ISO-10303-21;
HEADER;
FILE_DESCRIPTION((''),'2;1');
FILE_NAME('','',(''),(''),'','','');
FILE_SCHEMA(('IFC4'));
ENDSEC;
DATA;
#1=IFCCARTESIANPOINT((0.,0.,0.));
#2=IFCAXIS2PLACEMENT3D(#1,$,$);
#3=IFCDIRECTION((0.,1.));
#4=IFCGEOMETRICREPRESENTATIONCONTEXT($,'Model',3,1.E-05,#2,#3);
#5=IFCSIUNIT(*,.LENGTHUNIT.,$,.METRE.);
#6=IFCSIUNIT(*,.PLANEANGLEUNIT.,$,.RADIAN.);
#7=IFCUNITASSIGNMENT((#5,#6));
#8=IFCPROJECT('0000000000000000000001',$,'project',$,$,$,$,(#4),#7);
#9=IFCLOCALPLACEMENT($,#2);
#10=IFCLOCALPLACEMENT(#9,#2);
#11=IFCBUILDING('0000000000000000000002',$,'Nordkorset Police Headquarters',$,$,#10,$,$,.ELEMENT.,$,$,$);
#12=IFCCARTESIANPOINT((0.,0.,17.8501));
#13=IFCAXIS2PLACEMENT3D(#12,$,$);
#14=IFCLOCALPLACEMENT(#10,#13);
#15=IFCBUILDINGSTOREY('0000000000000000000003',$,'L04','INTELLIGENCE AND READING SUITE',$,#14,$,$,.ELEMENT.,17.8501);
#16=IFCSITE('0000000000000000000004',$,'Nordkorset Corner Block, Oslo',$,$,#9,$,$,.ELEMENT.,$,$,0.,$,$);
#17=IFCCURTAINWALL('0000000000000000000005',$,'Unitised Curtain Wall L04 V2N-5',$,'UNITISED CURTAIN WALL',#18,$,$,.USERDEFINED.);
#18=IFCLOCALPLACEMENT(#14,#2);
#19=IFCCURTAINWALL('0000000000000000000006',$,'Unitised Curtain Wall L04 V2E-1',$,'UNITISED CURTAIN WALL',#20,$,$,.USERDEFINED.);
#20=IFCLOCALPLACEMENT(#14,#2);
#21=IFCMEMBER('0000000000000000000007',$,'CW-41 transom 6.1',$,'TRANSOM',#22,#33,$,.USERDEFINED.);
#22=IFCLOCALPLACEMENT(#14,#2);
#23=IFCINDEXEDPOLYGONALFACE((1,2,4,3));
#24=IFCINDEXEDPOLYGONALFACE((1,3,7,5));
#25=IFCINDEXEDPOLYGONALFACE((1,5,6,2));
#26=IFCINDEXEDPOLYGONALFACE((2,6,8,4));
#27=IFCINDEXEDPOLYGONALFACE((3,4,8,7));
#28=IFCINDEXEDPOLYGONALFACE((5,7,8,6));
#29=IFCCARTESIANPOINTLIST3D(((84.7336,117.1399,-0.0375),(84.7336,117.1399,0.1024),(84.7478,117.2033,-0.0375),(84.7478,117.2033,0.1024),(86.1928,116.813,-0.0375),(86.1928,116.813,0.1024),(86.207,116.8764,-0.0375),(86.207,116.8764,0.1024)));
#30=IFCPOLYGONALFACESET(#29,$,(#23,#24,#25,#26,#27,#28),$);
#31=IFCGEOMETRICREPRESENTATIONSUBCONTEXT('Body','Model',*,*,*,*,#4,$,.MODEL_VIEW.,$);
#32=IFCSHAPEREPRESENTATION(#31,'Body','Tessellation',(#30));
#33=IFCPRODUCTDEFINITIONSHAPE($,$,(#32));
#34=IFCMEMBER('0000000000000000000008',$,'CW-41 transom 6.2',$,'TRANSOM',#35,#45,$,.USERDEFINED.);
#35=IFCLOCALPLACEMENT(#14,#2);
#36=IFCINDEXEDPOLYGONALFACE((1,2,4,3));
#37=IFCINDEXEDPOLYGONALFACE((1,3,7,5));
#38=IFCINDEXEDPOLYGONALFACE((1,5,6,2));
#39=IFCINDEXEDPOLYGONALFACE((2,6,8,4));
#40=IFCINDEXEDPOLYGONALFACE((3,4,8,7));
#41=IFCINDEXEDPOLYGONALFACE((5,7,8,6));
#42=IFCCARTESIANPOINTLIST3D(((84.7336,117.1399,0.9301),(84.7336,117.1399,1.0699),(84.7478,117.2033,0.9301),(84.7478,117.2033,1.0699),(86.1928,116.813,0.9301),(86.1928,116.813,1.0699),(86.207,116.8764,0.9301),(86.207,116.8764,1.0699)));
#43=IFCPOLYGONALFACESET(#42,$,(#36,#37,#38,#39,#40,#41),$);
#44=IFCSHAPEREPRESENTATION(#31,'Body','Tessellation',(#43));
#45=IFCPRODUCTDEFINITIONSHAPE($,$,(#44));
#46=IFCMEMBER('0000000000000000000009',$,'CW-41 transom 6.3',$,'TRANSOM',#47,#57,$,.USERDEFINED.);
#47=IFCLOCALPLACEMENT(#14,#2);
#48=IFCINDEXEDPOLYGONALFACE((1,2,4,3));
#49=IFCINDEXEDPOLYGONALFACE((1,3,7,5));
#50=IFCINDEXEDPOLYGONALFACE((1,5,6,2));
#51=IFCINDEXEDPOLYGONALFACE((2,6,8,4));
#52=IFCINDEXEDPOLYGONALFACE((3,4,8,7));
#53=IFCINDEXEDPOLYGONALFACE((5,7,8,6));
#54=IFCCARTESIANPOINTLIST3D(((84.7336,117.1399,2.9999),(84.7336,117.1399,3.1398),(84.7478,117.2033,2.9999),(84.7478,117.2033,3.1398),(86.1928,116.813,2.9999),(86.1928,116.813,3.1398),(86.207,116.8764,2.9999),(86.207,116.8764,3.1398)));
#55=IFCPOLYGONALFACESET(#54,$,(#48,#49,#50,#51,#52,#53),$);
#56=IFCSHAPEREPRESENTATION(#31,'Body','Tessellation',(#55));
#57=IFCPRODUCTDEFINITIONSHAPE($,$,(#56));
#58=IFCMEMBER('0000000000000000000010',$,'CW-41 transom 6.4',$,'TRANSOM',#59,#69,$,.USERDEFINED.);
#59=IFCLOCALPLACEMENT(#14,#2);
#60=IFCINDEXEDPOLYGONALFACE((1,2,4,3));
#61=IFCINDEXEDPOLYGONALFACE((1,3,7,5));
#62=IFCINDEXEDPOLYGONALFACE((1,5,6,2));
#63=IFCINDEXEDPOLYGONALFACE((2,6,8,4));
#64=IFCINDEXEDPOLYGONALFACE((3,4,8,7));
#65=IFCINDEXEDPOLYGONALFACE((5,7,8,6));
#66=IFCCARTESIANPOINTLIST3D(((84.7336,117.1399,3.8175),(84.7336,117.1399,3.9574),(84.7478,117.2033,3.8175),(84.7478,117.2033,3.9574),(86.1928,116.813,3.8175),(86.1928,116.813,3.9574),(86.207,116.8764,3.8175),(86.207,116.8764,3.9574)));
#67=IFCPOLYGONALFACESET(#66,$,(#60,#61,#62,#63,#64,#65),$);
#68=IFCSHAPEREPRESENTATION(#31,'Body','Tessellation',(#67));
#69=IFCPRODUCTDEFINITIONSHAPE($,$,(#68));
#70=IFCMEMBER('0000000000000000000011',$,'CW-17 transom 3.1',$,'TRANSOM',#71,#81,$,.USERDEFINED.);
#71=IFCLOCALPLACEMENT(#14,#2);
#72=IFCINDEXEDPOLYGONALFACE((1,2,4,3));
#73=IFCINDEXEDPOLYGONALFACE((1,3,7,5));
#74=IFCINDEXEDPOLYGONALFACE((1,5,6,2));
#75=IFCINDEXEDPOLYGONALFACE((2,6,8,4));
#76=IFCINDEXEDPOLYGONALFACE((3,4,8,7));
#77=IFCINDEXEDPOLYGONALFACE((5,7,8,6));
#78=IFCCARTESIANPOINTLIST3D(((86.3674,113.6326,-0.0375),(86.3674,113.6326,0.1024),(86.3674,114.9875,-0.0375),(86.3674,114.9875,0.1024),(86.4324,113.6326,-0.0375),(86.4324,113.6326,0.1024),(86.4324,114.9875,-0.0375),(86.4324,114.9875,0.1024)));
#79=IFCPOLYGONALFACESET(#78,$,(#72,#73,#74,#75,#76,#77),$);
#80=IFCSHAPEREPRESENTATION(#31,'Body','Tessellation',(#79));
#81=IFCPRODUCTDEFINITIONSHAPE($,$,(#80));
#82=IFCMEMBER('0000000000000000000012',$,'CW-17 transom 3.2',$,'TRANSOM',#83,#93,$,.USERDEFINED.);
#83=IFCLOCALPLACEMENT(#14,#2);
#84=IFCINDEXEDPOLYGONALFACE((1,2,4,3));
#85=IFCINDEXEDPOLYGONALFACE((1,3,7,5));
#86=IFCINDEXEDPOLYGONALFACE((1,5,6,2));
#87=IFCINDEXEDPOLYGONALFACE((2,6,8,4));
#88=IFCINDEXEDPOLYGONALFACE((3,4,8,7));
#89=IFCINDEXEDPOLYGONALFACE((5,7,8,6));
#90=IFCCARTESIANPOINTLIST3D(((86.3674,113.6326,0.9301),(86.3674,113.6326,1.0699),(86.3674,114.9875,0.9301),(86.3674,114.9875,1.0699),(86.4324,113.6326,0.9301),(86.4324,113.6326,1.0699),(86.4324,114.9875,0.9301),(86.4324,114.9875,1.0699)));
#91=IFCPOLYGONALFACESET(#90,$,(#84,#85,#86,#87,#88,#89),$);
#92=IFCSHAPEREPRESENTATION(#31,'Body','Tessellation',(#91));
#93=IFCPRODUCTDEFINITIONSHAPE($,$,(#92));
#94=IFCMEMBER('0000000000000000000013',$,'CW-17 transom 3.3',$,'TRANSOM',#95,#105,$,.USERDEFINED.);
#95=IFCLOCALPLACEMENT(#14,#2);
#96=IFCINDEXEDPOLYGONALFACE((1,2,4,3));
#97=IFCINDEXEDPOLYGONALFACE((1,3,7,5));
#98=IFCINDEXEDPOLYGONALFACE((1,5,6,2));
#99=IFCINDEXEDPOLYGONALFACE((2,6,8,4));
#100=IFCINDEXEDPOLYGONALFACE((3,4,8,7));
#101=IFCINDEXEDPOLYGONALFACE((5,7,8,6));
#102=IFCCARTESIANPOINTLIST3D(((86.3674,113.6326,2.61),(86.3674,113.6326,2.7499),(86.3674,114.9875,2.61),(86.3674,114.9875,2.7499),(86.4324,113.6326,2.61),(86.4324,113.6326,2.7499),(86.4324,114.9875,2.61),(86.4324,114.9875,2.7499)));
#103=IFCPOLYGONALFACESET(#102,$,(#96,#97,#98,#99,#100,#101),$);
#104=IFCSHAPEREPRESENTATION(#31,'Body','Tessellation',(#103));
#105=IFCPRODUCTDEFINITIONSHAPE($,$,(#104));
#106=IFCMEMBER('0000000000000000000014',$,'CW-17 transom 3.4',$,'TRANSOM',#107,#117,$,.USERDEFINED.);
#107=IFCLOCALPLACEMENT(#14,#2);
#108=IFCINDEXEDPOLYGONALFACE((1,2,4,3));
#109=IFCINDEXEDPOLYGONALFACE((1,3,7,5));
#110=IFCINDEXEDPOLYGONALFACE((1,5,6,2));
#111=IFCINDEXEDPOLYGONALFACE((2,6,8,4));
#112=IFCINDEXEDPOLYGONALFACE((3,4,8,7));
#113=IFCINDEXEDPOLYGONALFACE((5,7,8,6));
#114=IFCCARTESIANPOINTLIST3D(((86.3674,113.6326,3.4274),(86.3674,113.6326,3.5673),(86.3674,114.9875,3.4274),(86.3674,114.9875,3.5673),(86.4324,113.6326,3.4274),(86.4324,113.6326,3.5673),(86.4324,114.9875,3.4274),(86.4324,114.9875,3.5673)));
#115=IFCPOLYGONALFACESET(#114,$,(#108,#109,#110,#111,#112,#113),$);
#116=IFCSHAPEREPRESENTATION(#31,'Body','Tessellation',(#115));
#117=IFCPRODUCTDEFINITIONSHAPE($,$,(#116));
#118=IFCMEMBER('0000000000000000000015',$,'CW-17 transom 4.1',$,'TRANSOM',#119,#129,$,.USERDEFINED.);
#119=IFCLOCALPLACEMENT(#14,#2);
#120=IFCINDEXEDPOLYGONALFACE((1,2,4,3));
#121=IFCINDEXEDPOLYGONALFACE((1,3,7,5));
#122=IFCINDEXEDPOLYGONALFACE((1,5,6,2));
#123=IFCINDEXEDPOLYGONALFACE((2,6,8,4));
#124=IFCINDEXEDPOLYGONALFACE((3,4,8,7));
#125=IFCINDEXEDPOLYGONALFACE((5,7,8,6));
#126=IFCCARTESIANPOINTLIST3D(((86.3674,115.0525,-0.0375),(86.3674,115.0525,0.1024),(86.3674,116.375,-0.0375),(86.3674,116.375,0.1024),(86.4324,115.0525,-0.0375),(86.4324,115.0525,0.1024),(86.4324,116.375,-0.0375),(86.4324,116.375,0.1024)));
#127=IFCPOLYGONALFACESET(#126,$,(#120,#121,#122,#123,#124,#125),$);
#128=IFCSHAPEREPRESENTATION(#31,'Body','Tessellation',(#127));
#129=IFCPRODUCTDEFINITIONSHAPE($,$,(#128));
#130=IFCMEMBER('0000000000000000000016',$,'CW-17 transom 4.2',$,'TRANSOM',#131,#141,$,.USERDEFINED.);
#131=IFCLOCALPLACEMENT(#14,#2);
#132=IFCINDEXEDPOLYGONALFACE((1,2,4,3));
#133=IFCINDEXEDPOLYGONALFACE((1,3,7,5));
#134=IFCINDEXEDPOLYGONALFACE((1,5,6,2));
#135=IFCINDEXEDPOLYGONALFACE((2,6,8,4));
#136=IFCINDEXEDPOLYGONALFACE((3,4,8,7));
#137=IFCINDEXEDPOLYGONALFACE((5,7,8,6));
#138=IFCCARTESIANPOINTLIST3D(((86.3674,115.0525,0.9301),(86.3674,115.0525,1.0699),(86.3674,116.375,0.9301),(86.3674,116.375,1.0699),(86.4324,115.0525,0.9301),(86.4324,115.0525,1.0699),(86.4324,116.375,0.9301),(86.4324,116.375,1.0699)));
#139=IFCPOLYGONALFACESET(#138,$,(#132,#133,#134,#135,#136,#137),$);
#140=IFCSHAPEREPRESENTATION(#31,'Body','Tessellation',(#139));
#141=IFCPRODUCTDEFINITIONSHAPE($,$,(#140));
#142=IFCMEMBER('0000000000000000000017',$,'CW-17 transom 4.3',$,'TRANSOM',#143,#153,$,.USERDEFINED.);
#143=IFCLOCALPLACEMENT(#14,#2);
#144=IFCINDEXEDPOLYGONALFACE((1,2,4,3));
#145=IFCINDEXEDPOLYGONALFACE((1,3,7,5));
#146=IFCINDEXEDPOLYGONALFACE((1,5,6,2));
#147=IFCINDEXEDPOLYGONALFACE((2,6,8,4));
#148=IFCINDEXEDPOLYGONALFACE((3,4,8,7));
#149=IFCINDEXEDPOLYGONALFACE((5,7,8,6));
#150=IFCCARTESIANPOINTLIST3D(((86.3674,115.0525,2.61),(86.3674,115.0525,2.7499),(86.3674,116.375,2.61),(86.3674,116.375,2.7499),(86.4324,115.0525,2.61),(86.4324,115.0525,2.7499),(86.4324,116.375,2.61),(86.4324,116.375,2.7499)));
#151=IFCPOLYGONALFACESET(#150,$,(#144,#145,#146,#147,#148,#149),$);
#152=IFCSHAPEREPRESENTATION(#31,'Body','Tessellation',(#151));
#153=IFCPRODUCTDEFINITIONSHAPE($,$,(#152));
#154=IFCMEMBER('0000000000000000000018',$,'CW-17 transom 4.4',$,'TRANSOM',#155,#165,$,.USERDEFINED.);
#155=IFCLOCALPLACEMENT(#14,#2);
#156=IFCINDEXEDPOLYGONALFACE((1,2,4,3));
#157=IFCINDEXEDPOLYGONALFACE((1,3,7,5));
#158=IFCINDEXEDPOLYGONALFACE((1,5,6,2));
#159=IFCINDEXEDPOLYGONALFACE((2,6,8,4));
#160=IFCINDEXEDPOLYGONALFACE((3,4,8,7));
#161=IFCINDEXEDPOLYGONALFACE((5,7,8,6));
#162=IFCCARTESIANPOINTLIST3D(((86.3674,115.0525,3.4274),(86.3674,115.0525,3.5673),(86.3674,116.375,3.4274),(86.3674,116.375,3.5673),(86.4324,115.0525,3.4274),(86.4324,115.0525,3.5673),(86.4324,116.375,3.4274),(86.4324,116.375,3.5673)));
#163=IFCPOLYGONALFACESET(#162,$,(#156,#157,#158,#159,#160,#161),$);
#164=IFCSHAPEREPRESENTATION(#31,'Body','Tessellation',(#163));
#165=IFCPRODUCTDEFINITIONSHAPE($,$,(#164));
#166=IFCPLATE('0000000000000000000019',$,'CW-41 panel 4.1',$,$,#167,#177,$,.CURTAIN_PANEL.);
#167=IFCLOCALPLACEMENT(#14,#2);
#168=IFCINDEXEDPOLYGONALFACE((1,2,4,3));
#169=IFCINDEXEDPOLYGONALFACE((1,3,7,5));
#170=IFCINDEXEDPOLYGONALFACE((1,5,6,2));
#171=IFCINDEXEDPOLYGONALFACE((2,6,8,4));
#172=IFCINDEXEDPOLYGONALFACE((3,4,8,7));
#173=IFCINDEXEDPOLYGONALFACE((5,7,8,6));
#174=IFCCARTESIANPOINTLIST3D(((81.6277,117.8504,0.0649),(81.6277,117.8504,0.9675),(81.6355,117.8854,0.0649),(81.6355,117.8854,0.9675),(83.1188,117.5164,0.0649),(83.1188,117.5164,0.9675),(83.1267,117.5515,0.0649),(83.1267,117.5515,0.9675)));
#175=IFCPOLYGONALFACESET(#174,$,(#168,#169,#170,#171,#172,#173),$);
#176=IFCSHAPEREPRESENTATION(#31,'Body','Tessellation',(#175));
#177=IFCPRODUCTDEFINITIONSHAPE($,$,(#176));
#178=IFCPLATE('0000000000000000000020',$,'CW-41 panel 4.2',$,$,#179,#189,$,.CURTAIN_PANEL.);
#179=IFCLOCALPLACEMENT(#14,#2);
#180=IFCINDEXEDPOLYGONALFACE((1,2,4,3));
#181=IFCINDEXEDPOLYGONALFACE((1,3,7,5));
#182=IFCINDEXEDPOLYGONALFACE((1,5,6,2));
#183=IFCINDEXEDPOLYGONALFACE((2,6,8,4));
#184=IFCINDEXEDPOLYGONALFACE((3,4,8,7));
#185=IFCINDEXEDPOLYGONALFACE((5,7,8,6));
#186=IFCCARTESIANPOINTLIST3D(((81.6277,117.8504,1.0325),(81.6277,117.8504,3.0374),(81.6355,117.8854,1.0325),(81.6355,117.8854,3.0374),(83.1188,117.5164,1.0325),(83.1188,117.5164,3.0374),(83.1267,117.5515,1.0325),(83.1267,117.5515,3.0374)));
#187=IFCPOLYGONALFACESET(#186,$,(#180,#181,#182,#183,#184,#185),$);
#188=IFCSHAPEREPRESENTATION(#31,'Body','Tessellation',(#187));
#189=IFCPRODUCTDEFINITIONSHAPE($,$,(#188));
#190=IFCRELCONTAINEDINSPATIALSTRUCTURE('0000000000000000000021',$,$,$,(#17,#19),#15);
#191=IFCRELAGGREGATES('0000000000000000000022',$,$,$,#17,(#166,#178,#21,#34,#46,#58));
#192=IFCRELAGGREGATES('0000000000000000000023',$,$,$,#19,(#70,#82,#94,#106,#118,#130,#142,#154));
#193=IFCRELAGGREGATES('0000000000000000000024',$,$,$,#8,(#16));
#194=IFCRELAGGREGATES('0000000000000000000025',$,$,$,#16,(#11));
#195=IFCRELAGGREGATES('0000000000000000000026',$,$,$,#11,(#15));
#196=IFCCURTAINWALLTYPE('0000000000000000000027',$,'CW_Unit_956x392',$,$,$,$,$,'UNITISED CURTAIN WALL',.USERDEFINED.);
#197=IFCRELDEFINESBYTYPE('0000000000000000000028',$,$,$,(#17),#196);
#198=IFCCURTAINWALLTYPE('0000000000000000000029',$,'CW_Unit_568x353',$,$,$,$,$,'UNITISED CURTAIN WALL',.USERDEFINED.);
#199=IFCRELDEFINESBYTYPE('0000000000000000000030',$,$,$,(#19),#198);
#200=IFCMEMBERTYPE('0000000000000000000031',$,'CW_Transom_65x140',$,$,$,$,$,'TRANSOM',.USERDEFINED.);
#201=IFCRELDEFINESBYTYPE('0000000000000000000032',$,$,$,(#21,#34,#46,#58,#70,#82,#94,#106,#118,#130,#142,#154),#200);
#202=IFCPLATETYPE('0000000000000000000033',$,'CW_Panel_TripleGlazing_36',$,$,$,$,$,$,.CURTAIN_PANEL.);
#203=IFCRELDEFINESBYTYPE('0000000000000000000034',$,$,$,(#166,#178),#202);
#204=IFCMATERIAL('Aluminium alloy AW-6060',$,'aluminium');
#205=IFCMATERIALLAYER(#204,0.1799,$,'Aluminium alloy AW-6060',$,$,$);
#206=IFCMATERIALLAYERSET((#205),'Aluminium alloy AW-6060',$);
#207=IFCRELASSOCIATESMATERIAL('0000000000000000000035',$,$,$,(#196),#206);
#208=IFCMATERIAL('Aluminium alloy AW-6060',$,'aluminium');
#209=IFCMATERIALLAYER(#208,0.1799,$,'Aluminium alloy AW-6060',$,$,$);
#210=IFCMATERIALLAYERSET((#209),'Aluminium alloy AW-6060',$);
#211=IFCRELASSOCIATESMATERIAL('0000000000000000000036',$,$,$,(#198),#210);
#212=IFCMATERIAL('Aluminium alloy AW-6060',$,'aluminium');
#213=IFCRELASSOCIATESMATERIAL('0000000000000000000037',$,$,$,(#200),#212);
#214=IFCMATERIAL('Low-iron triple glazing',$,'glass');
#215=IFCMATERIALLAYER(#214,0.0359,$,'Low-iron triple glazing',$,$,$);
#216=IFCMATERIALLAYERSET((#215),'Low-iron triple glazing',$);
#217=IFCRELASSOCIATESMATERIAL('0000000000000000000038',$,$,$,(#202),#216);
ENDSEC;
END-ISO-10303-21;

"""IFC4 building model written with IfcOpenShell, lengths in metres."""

from ifc_helpers import new_model, si_unit, direction, frame, origin, origin_2d, place, context, subcontext, project, spatial, rectangle, extrude, material, layer, layer_set, material_profile, profile_set, type_object, element, aggregate, save


model = new_model("IFC4")

# Units and contexts
model_context = context("Model", 3, precision=1e-05, world=origin(), true_north=direction((0.0, 1.0)))
body_context = subcontext(model_context, "Body", "Model", "MODEL_VIEW")
ifc_project = project(units=[si_unit("LENGTHUNIT", "METRE"), si_unit("PLANEANGLEUNIT", "RADIAN")], contexts=[model_context])

# Site, building, storey
site_placement = place(None, origin())
site = spatial("IfcSite", under=ifc_project, at=site_placement, Name="Nordkorset Corner Block, Oslo", CompositionType="ELEMENT", RefElevation=0.0)
building_placement = place(site_placement, origin())
building = spatial("IfcBuilding", under=site, at=building_placement, Name="Nordkorset Police Headquarters", CompositionType="ELEMENT")
storey_placement = place(building_placement, frame((0.0, 0.0, 17.8501)))
storey = spatial("IfcBuildingStorey", under=building, at=storey_placement, Name="L04", Description="INTELLIGENCE AND READING SUITE", CompositionType="ELEMENT", Elevation=17.8501)

# Curtain walls
ifc_material_1 = material(Name="Aluminium alloy AW-6060", Category="aluminium")
ifc_layer_1 = layer(ifc_material_1, 0.1799, Name="Aluminium alloy AW-6060")
ifc_layer_set_1 = layer_set([ifc_layer_1], Name="Aluminium alloy AW-6060")
curtain_wall_type_1 = type_object("IfcCurtainWallType", Name="CW_Unit_956x392", ElementType="UNITISED CURTAIN WALL", PredefinedType="USERDEFINED", material=ifc_layer_set_1)
curtain_wall_1_placement = place(storey_placement, origin())
curtain_wall_1 = element("IfcCurtainWall", 1, at=curtain_wall_1_placement, inside=storey, type_object=curtain_wall_type_1, Name="Unitised Curtain Wall L04 V2N-5", ObjectType="UNITISED CURTAIN WALL", PredefinedType="USERDEFINED")
ifc_material_2 = material(Name="Aluminium alloy AW-6060", Category="aluminium")
ifc_layer_2 = layer(ifc_material_2, 0.1799, Name="Aluminium alloy AW-6060")
ifc_layer_set_2 = layer_set([ifc_layer_2], Name="Aluminium alloy AW-6060")
curtain_wall_type_2 = type_object("IfcCurtainWallType", Name="CW_Unit_568x353", ElementType="UNITISED CURTAIN WALL", PredefinedType="USERDEFINED", material=ifc_layer_set_2)
curtain_wall_2_placement = place(storey_placement, origin())
curtain_wall_2 = element("IfcCurtainWall", 2, at=curtain_wall_2_placement, inside=storey, type_object=curtain_wall_type_2, Name="Unitised Curtain Wall L04 V2E-1", ObjectType="UNITISED CURTAIN WALL", PredefinedType="USERDEFINED")

# Members
ifc_material_3 = material(Name="Aluminium alloy AW-6060", Category="aluminium")
ifc_material_profile_1 = material_profile(ifc_material_3, rectangle(XDim=0.0649, YDim=0.1399, at=origin_2d()), Name="ALU TRAN 65x140")
ifc_profile_set_1 = profile_set([ifc_material_profile_1], Name="Aluminium alloy AW-6060")
member_type_1 = type_object("IfcMemberType", Name="CW_Transom_65x140", ElementType="TRANSOM", PredefinedType="USERDEFINED", material=ifc_profile_set_1)
member_1_placement = place(storey_placement, frame((84.7407, 117.1716, 0.0325), z_axis=(0.975813, -0.218607, 0.0), x_axis=(0.218607, 0.975813, 0.0)))
member_1 = element("IfcMember", 3, at=member_1_placement, type_object=member_type_1, Name="CW-41 transom 6.1", ObjectType="TRANSOM", PredefinedType="USERDEFINED", context=body_context, shape_type="SweptSolid", body=[
    extrude(rectangle(XDim=0.0649, YDim=0.1399, at=origin_2d()), origin(), (0.0, 0.0, 1.0), 1.4954),
])
member_2_placement = place(storey_placement, frame((84.7407, 117.1716, 1.0), z_axis=(0.975813, -0.218607, 0.0), x_axis=(0.218607, 0.975813, 0.0)))
member_2 = element("IfcMember", 4, at=member_2_placement, type_object=member_type_1, Name="CW-41 transom 6.2", ObjectType="TRANSOM", PredefinedType="USERDEFINED", context=body_context, shape_type="SweptSolid", body=[
    extrude(rectangle(XDim=0.0649, YDim=0.1399, at=origin_2d()), origin(), (0.0, 0.0, 1.0), 1.4954),
])
member_3_placement = place(storey_placement, frame((84.7407, 117.1716, 3.0698), z_axis=(0.975813, -0.218607, 0.0), x_axis=(0.218607, 0.975813, 0.0)))
member_3 = element("IfcMember", 5, at=member_3_placement, type_object=member_type_1, Name="CW-41 transom 6.3", ObjectType="TRANSOM", PredefinedType="USERDEFINED", context=body_context, shape_type="SweptSolid", body=[
    extrude(rectangle(XDim=0.0649, YDim=0.1399, at=origin_2d()), origin(), (0.0, 0.0, 1.0), 1.4954),
])
member_4_placement = place(storey_placement, frame((84.7407, 117.1716, 3.8875), z_axis=(0.975813, -0.218607, 0.0), x_axis=(0.218607, 0.975813, 0.0)))
member_4 = element("IfcMember", 6, at=member_4_placement, type_object=member_type_1, Name="CW-41 transom 6.4", ObjectType="TRANSOM", PredefinedType="USERDEFINED", context=body_context, shape_type="SweptSolid", body=[
    extrude(rectangle(XDim=0.0649, YDim=0.1399, at=origin_2d()), origin(), (0.0, 0.0, 1.0), 1.4954),
])
member_5_placement = place(storey_placement, frame((86.3999, 113.6326, 0.0325), z_axis=(0.0, 1.0, 0.0), x_axis=(-1.0, 0.0, 0.0)))
member_5 = element("IfcMember", 7, at=member_5_placement, type_object=member_type_1, Name="CW-17 transom 3.1", ObjectType="TRANSOM", PredefinedType="USERDEFINED", context=body_context, shape_type="SweptSolid", body=[
    extrude(rectangle(XDim=0.0649, YDim=0.1399, at=origin_2d()), origin(), (0.0, 0.0, 1.0), 1.355),
])
member_6_placement = place(storey_placement, frame((86.3999, 113.6326, 1.0), z_axis=(0.0, 1.0, 0.0), x_axis=(-1.0, 0.0, 0.0)))
member_6 = element("IfcMember", 8, at=member_6_placement, type_object=member_type_1, Name="CW-17 transom 3.2", ObjectType="TRANSOM", PredefinedType="USERDEFINED", context=body_context, shape_type="SweptSolid", body=[
    extrude(rectangle(XDim=0.0649, YDim=0.1399, at=origin_2d()), origin(), (0.0, 0.0, 1.0), 1.355),
])
member_7_placement = place(storey_placement, frame((86.3999, 113.6326, 2.6799), z_axis=(0.0, 1.0, 0.0), x_axis=(-1.0, 0.0, 0.0)))
member_7 = element("IfcMember", 9, at=member_7_placement, type_object=member_type_1, Name="CW-17 transom 3.3", ObjectType="TRANSOM", PredefinedType="USERDEFINED", context=body_context, shape_type="SweptSolid", body=[
    extrude(rectangle(XDim=0.0649, YDim=0.1399, at=origin_2d()), origin(), (0.0, 0.0, 1.0), 1.355),
])
member_8_placement = place(storey_placement, frame((86.3999, 113.6326, 3.4973), z_axis=(0.0, 1.0, 0.0), x_axis=(-1.0, 0.0, 0.0)))
member_8 = element("IfcMember", 10, at=member_8_placement, type_object=member_type_1, Name="CW-17 transom 3.4", ObjectType="TRANSOM", PredefinedType="USERDEFINED", context=body_context, shape_type="SweptSolid", body=[
    extrude(rectangle(XDim=0.0649, YDim=0.1399, at=origin_2d()), origin(), (0.0, 0.0, 1.0), 1.355),
])
member_9_placement = place(storey_placement, frame((86.3999, 115.0525, 0.0325), z_axis=(0.0, 1.0, 0.0), x_axis=(-1.0, 0.0, 0.0)))
member_9 = element("IfcMember", 11, at=member_9_placement, type_object=member_type_1, Name="CW-17 transom 4.1", ObjectType="TRANSOM", PredefinedType="USERDEFINED", context=body_context, shape_type="SweptSolid", body=[
    extrude(rectangle(XDim=0.0649, YDim=0.1399, at=origin_2d()), origin(), (0.0, 0.0, 1.0), 1.3225),
])
member_10_placement = place(storey_placement, frame((86.3999, 115.0525, 1.0), z_axis=(0.0, 1.0, 0.0), x_axis=(-1.0, 0.0, 0.0)))
member_10 = element("IfcMember", 12, at=member_10_placement, type_object=member_type_1, Name="CW-17 transom 4.2", ObjectType="TRANSOM", PredefinedType="USERDEFINED", context=body_context, shape_type="SweptSolid", body=[
    extrude(rectangle(XDim=0.0649, YDim=0.1399, at=origin_2d()), origin(), (0.0, 0.0, 1.0), 1.3225),
])
member_11_placement = place(storey_placement, frame((86.3999, 115.0525, 2.6799), z_axis=(0.0, 1.0, 0.0), x_axis=(-1.0, 0.0, 0.0)))
member_11 = element("IfcMember", 13, at=member_11_placement, type_object=member_type_1, Name="CW-17 transom 4.3", ObjectType="TRANSOM", PredefinedType="USERDEFINED", context=body_context, shape_type="SweptSolid", body=[
    extrude(rectangle(XDim=0.0649, YDim=0.1399, at=origin_2d()), origin(), (0.0, 0.0, 1.0), 1.3225),
])
member_12_placement = place(storey_placement, frame((86.3999, 115.0525, 3.4973), z_axis=(0.0, 1.0, 0.0), x_axis=(-1.0, 0.0, 0.0)))
member_12 = element("IfcMember", 14, at=member_12_placement, type_object=member_type_1, Name="CW-17 transom 4.4", ObjectType="TRANSOM", PredefinedType="USERDEFINED", context=body_context, shape_type="SweptSolid", body=[
    extrude(rectangle(XDim=0.0649, YDim=0.1399, at=origin_2d()), origin(), (0.0, 0.0, 1.0), 1.3225),
])

# Plates
ifc_material_4 = material(Name="Low-iron triple glazing", Category="glass")
ifc_layer_3 = layer(ifc_material_4, 0.0359, Name="Low-iron triple glazing")
ifc_layer_set_3 = layer_set([ifc_layer_3], Name="Low-iron triple glazing")
plate_type = type_object("IfcPlateType", Name="CW_Panel_TripleGlazing_36", PredefinedType="CURTAIN_PANEL", material=ifc_layer_set_3)
plate_1_placement = place(storey_placement, frame((82.3772, 117.7009, 0.0649), z_axis=(0.0, 0.0, 1.0), x_axis=(0.975827, -0.218544, 0.0)))
plate_1 = element("IfcPlate", 15, at=plate_1_placement, type_object=plate_type, Name="CW-41 panel 4.1", PredefinedType="CURTAIN_PANEL", context=body_context, shape_type="SweptSolid", body=[
    extrude(rectangle(XDim=1.5281, YDim=0.0359, at=origin_2d()), origin(), (0.0, 0.0, 1.0), 0.9026),
])
plate_2_placement = place(storey_placement, frame((82.3772, 117.7009, 1.0325), z_axis=(0.0, 0.0, 1.0), x_axis=(0.975827, -0.218544, 0.0)))
plate_2 = element("IfcPlate", 16, at=plate_2_placement, type_object=plate_type, Name="CW-41 panel 4.2", PredefinedType="CURTAIN_PANEL", context=body_context, shape_type="SweptSolid", body=[
    extrude(rectangle(XDim=1.5281, YDim=0.0359, at=origin_2d()), origin(), (0.0, 0.0, 1.0), 2.0049),
])
aggregate(curtain_wall_1, [plate_1, plate_2, member_1, member_2, member_3, member_4])
aggregate(curtain_wall_2, [member_5, member_6, member_7, member_8, member_9, member_10, member_11, member_12])

save(model, "model.ifc")
